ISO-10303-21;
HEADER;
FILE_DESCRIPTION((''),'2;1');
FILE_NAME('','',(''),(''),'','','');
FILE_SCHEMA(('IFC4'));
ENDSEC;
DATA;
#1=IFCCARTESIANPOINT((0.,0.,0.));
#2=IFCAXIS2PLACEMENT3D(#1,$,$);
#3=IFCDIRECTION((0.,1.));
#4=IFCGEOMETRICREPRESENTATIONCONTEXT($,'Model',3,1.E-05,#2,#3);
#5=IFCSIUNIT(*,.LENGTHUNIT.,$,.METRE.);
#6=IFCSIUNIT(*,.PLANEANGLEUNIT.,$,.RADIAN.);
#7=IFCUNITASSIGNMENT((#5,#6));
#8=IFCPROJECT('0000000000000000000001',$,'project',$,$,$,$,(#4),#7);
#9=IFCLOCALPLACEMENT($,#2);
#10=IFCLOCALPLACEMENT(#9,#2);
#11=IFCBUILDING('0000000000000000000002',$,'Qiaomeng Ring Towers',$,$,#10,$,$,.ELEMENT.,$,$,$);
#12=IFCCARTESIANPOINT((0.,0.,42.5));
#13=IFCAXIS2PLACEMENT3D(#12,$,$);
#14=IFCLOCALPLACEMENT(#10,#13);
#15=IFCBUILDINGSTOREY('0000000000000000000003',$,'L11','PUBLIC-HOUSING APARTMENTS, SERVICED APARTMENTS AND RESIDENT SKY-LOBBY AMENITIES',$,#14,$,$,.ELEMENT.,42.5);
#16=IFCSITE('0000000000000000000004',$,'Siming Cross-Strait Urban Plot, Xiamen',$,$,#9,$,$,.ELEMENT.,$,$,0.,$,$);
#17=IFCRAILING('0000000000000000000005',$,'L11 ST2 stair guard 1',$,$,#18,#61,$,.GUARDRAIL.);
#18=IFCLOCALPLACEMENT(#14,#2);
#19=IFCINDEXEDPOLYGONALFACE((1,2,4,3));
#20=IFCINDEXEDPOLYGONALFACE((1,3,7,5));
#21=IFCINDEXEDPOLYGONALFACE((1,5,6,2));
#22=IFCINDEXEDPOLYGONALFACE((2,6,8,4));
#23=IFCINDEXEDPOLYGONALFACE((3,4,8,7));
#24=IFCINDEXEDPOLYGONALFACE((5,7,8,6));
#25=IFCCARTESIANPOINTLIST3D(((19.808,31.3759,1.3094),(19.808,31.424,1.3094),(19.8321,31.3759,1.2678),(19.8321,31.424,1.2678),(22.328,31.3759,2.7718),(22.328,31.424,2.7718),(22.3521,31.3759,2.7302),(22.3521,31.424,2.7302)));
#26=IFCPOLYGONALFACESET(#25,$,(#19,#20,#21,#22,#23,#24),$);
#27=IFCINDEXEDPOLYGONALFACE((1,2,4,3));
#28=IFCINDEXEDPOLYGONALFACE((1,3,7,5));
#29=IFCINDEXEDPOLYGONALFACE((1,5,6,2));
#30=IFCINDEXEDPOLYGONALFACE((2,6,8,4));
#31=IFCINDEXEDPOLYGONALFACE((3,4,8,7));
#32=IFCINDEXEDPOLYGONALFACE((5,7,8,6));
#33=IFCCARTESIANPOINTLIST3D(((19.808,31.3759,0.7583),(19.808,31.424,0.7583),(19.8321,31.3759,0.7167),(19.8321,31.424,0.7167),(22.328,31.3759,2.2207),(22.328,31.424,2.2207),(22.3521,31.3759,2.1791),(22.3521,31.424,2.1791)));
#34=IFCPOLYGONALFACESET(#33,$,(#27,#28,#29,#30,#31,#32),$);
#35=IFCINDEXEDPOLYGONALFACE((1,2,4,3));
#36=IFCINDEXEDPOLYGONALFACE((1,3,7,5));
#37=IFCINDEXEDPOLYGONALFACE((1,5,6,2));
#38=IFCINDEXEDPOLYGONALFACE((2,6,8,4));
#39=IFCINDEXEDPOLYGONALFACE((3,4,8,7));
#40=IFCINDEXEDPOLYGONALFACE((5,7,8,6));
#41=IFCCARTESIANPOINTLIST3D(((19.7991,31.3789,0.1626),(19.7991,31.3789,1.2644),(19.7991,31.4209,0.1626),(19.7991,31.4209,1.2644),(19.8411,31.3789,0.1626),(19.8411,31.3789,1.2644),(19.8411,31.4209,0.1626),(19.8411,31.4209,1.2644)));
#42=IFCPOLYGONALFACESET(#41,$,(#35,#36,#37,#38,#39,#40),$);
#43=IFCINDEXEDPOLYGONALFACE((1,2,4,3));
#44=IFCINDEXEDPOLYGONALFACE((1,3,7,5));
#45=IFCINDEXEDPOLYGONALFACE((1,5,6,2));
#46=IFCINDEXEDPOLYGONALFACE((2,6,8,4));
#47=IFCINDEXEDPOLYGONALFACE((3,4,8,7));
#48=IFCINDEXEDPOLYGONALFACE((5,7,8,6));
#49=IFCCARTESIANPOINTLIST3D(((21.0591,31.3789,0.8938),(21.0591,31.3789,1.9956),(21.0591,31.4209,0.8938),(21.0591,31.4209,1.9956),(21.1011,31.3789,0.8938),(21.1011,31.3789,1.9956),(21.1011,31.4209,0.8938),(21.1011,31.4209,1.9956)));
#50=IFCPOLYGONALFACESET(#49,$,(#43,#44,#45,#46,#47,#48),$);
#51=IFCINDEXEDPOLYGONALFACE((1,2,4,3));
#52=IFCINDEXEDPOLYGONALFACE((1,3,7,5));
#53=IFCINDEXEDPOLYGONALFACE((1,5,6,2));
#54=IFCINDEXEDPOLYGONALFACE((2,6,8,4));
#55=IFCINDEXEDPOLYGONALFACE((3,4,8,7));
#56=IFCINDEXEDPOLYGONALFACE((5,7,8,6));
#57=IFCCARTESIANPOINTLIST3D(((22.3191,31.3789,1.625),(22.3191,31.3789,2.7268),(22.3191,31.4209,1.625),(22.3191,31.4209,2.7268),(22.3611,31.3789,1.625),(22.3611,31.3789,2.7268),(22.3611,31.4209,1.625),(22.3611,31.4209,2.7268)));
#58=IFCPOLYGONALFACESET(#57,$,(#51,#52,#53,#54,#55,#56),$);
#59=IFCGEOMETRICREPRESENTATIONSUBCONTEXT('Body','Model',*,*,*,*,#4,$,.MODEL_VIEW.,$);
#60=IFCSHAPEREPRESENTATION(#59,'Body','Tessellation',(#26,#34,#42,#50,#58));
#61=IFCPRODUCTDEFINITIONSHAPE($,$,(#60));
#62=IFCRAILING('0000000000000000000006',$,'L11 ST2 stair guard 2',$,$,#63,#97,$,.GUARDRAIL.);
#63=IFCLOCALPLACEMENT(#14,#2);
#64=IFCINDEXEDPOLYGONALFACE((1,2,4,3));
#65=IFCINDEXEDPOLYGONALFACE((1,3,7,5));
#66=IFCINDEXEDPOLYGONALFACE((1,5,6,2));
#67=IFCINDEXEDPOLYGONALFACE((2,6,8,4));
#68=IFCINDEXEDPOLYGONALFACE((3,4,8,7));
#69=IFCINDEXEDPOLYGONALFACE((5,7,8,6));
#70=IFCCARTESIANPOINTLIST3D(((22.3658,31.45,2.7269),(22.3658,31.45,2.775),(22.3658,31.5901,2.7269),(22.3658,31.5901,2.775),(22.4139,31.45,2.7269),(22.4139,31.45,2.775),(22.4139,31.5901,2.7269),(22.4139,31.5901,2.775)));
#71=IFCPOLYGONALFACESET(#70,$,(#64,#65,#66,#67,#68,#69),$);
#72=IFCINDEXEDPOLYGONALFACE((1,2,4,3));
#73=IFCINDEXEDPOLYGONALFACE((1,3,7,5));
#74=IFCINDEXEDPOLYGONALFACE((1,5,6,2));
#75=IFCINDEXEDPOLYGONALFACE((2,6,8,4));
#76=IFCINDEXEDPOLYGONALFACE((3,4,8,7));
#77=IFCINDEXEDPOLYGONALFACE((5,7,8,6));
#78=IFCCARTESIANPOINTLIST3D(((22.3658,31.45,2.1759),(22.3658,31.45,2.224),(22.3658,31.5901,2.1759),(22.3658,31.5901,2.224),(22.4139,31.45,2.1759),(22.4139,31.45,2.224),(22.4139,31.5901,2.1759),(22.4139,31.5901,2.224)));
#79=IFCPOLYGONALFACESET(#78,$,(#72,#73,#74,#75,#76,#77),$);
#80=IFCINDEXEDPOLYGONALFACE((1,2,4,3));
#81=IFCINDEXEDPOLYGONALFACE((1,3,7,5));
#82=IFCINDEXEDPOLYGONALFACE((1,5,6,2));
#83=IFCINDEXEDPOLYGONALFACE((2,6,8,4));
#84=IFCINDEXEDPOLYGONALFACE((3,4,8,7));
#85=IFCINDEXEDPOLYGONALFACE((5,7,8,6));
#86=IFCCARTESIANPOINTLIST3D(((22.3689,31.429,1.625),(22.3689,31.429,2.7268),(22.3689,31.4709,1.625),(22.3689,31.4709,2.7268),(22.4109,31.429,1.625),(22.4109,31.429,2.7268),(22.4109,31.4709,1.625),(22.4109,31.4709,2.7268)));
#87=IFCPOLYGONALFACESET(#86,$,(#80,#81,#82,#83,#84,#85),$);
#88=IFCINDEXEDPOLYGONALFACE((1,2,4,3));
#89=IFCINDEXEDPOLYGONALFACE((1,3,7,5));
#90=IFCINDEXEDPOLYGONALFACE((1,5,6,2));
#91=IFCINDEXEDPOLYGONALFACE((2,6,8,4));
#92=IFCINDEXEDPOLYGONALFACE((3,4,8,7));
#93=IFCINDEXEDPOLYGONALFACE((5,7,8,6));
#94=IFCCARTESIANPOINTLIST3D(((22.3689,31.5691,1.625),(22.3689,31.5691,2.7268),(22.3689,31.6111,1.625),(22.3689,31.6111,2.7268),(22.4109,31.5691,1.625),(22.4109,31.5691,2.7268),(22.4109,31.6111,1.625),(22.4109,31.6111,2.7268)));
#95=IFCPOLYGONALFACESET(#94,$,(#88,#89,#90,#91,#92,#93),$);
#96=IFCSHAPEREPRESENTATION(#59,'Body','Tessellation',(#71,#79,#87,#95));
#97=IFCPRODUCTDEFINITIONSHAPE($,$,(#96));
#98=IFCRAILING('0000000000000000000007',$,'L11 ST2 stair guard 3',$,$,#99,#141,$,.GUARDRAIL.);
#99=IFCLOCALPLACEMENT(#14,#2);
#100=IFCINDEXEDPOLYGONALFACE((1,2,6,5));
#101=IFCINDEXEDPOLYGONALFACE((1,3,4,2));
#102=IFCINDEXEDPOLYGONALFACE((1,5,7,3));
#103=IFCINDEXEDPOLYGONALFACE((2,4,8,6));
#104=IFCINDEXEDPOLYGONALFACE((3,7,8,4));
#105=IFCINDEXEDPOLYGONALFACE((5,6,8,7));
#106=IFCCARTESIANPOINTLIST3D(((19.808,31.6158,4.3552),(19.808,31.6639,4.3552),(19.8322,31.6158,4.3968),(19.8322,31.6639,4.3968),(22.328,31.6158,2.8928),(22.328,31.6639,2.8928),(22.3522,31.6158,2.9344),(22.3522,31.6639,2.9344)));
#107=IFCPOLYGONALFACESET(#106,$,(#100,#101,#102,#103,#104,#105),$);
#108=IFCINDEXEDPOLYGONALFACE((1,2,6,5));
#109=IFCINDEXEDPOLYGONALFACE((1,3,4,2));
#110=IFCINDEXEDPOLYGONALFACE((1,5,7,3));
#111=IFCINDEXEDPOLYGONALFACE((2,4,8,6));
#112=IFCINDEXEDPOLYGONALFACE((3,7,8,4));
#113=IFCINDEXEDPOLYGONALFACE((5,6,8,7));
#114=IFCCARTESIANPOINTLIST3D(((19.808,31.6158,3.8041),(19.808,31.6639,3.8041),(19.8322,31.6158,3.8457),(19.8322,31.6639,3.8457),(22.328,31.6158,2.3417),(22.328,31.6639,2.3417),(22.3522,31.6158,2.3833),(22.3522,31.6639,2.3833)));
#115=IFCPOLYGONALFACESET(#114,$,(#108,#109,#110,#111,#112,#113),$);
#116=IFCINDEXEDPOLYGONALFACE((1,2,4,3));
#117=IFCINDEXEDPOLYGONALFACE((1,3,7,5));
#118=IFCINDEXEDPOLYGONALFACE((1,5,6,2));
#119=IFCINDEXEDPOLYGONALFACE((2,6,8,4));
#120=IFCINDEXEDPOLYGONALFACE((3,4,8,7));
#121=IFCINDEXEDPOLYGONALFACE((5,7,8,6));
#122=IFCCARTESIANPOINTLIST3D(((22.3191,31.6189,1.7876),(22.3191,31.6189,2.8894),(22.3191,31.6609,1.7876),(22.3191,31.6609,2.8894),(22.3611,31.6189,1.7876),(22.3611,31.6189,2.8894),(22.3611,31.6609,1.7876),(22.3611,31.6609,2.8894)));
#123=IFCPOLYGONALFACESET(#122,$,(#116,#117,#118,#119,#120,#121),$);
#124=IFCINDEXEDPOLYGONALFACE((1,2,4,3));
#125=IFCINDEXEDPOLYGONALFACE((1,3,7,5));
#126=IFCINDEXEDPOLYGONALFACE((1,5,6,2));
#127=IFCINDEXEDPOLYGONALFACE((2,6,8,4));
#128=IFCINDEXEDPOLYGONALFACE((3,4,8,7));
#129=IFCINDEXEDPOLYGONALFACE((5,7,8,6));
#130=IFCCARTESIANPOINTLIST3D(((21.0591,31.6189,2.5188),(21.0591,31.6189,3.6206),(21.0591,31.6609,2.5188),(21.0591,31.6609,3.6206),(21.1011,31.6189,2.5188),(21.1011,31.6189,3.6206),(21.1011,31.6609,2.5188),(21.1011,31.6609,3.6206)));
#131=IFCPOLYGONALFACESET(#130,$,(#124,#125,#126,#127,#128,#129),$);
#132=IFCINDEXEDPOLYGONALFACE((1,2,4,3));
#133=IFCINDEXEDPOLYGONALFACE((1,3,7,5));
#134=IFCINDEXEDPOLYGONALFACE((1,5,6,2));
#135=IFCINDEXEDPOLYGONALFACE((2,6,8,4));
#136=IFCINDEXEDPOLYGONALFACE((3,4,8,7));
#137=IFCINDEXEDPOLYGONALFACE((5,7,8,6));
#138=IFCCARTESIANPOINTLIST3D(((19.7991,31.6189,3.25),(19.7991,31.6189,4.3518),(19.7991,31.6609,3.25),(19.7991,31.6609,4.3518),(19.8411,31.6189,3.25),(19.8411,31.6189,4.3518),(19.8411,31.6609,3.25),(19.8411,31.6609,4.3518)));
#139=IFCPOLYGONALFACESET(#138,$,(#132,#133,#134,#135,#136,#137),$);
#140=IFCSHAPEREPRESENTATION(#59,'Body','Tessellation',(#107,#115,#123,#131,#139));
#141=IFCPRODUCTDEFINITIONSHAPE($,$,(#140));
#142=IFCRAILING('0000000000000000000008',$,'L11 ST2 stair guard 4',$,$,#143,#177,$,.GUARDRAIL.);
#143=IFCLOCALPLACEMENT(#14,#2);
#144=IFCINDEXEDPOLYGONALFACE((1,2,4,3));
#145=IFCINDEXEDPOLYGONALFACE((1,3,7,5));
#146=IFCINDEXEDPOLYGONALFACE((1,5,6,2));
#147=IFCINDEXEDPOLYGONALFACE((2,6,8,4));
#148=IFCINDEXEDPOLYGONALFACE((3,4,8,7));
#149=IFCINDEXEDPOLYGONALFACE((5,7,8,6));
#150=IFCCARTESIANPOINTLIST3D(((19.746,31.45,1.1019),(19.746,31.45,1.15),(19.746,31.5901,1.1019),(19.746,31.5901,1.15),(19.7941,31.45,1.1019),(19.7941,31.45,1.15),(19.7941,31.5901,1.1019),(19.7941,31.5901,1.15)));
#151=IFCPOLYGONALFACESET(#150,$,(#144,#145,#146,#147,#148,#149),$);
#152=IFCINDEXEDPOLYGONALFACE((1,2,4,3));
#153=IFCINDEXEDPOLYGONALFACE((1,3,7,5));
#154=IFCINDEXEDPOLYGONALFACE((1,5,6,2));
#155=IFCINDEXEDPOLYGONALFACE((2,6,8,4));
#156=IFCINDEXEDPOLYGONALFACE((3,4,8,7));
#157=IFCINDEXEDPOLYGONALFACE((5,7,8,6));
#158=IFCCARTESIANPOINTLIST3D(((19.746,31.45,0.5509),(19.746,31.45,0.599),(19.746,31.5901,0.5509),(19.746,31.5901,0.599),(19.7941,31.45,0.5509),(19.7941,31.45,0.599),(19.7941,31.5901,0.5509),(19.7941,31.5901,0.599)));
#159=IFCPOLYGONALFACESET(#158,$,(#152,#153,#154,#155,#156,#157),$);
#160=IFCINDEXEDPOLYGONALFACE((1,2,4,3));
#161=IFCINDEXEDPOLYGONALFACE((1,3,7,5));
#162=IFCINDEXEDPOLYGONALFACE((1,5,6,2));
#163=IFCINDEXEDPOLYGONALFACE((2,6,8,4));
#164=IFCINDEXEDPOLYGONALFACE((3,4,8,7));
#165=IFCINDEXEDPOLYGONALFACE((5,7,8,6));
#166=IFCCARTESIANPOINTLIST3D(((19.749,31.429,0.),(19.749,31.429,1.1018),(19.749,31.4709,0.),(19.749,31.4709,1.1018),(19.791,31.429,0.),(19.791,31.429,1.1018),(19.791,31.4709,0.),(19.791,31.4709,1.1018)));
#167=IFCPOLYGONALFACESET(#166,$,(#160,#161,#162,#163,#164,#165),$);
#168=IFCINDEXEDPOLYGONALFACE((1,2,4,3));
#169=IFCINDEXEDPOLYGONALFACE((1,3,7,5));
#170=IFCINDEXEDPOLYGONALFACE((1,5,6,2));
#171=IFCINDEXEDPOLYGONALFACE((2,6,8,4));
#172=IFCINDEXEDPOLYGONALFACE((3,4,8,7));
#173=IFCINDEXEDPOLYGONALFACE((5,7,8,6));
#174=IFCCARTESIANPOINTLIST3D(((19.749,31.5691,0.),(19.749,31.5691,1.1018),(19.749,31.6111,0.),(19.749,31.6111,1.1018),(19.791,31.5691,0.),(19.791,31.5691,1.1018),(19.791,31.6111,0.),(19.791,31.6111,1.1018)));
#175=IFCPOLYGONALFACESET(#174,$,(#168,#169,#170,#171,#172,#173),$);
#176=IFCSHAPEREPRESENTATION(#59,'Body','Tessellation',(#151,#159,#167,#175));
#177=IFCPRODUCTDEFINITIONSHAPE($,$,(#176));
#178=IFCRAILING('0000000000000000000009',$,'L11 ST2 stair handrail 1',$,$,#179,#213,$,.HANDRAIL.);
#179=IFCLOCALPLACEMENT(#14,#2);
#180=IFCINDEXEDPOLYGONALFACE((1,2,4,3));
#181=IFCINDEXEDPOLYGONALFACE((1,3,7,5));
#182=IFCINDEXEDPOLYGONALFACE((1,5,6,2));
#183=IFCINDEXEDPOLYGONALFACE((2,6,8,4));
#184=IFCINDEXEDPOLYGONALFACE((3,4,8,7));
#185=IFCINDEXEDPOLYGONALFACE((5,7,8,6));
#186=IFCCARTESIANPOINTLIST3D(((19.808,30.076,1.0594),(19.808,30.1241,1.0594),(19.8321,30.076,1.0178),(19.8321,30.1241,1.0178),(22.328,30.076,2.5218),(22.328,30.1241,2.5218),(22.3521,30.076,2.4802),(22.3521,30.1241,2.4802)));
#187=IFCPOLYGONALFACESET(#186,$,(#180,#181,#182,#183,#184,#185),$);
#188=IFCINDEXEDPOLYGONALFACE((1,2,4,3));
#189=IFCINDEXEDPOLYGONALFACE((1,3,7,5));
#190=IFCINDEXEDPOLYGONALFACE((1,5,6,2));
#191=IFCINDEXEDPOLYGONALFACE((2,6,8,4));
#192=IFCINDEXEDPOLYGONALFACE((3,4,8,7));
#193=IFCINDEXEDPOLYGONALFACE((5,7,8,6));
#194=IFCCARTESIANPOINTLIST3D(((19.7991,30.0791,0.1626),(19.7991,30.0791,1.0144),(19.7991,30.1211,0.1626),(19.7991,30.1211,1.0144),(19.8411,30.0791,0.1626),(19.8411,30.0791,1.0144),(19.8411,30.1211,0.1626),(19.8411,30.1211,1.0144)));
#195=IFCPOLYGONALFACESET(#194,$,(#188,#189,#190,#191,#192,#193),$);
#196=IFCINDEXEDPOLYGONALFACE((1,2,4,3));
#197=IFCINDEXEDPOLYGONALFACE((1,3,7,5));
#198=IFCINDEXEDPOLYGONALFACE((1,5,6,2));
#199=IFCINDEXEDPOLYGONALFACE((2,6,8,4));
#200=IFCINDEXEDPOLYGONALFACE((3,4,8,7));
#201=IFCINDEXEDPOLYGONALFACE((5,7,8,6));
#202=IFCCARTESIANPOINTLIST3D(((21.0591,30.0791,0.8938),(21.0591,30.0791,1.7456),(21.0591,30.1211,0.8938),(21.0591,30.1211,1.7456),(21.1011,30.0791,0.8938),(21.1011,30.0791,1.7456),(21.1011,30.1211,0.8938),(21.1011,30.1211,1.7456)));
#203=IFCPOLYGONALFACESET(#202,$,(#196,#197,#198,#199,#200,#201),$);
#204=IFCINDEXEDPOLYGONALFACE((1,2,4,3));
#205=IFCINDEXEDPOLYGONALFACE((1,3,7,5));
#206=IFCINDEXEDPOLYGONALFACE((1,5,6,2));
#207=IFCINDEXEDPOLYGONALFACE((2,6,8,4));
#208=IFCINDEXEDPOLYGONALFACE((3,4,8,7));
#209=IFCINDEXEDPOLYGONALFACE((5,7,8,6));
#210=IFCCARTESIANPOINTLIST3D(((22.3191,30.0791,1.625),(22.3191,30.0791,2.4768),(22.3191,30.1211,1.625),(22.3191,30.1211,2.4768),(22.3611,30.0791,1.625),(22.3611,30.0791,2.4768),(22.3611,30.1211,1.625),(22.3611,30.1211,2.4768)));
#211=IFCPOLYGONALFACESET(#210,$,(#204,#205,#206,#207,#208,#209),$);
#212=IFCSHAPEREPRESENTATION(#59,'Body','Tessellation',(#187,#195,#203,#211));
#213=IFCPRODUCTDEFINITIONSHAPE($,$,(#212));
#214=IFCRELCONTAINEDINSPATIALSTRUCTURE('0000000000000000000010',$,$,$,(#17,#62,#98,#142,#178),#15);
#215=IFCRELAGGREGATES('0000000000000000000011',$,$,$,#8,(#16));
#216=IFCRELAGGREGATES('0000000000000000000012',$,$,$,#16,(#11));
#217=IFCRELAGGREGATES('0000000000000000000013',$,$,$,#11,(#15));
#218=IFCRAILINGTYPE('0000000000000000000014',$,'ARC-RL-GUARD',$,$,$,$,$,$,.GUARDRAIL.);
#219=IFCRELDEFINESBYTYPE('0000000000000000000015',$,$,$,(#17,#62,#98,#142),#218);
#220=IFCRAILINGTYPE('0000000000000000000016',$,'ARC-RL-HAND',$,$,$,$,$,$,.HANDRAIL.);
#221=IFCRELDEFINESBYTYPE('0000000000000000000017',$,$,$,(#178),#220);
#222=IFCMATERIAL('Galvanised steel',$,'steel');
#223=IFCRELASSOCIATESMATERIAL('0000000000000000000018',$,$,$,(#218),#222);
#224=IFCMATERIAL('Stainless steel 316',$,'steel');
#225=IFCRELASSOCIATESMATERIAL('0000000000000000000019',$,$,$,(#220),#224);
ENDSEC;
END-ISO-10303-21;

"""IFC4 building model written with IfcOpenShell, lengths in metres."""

from ifc_helpers import new_model, si_unit, direction, frame, origin, origin_2d, place, context, subcontext, project, spatial, rectangle, extrude, material, type_object, element, save


model = new_model("IFC4")

# Units and contexts
model_context = context("Model", 3, precision=1e-05, world=origin(), true_north=direction((0.0, 1.0)))
body_context = subcontext(model_context, "Body", "Model", "MODEL_VIEW")
ifc_project = project(units=[si_unit("LENGTHUNIT", "METRE"), si_unit("PLANEANGLEUNIT", "RADIAN")], contexts=[model_context])

# Site, building, storey
site_placement = place(None, origin())
site = spatial("IfcSite", under=ifc_project, at=site_placement, Name="Siming Cross-Strait Urban Plot, Xiamen", CompositionType="ELEMENT", RefElevation=0.0)
building_placement = place(site_placement, origin())
building = spatial("IfcBuilding", under=site, at=building_placement, Name="Qiaomeng Ring Towers", CompositionType="ELEMENT")
storey_placement = place(building_placement, frame((0.0, 0.0, 42.5)))
storey = spatial("IfcBuildingStorey", under=building, at=storey_placement, Name="L11", Description="PUBLIC-HOUSING APARTMENTS, SERVICED APARTMENTS AND RESIDENT SKY-LOBBY AMENITIES", CompositionType="ELEMENT", Elevation=42.5)

# Shared definitions
ifc_material_1 = material(Name="Galvanised steel", Category="steel")

# Shared definitions
ifc_material_2 = material(Name="Stainless steel 316", Category="steel")

# Railings
railing_type_1 = type_object("IfcRailingType", Name="ARC-RL-GUARD", PredefinedType="GUARDRAIL", material=ifc_material_1)
railing_1_placement = place(storey_placement, frame((19.8201, 31.3999, 0.1626)))
element("IfcRailing", 1, at=railing_1_placement, inside=storey, type_object=railing_type_1, Name="L11 ST2 stair guard 1", PredefinedType="GUARDRAIL", context=body_context, shape_type="SweptSolid", body=[
    extrude(rectangle(XDim=0.0481, YDim=0.0481, at=origin_2d()), frame((0.0, 0.0, 1.126), z_axis=(0.864913, 0.0, 0.501921), x_axis=(0.0, 1.0, 0.0)), (0.0, 0.0, 1.0), 2.9136),
    extrude(rectangle(XDim=0.0481, YDim=0.0481, at=origin_2d()), frame((0.0, 0.0, 0.575), z_axis=(0.864913, 0.0, 0.501921), x_axis=(0.0, 1.0, 0.0)), (0.0, 0.0, 1.0), 2.9136),
    extrude(rectangle(XDim=0.042, YDim=0.042, at=origin_2d()), origin(), (0.0, 0.0, 1.0), 1.1018),
    extrude(rectangle(XDim=0.042, YDim=0.042, at=origin_2d()), frame((1.26, 0.0, 0.7312)), (0.0, 0.0, 1.0), 1.1018),
    extrude(rectangle(XDim=0.042, YDim=0.042, at=origin_2d()), frame((2.52, 0.0, 1.4624)), (0.0, 0.0, 1.0), 1.1018),
])
railing_2_placement = place(storey_placement, frame((22.3899, 31.45, 1.625)))
element("IfcRailing", 2, at=railing_2_placement, inside=storey, type_object=railing_type_1, Name="L11 ST2 stair guard 2", PredefinedType="GUARDRAIL", context=body_context, shape_type="SweptSolid", body=[
    extrude(rectangle(XDim=0.0481, YDim=0.0481, at=origin_2d()), frame((0.0, 0.0, 1.126), z_axis=(0.0, 1.0, 0.0), x_axis=(-1.0, 0.0, 0.0)), (0.0, 0.0, 1.0), 0.1401),
    extrude(rectangle(XDim=0.0481, YDim=0.0481, at=origin_2d()), frame((0.0, 0.0, 0.575), z_axis=(0.0, 1.0, 0.0), x_axis=(-1.0, 0.0, 0.0)), (0.0, 0.0, 1.0), 0.1401),
    extrude(rectangle(XDim=0.042, YDim=0.042, at=origin_2d()), origin(), (0.0, 0.0, 1.0), 1.1018),
    extrude(rectangle(XDim=0.042, YDim=0.042, at=origin_2d()), frame((0.0, 0.1401, 0.0)), (0.0, 0.0, 1.0), 1.1018),
])
railing_3_placement = place(storey_placement, frame((22.3401, 31.6399, 1.7876)))
element("IfcRailing", 3, at=railing_3_placement, inside=storey, type_object=railing_type_1, Name="L11 ST2 stair guard 3", PredefinedType="GUARDRAIL", context=body_context, shape_type="SweptSolid", body=[
    extrude(rectangle(XDim=0.0481, YDim=0.0481, at=origin_2d()), frame((0.0, 0.0, 1.126), z_axis=(-0.864913, 0.0, 0.501921), x_axis=(0.0, -1.0, 0.0)), (0.0, 0.0, 1.0), 2.9136),
    extrude(rectangle(XDim=0.0481, YDim=0.0481, at=origin_2d()), frame((0.0, 0.0, 0.575), z_axis=(-0.864913, 0.0, 0.501921), x_axis=(0.0, -1.0, 0.0)), (0.0, 0.0, 1.0), 2.9136),
    extrude(rectangle(XDim=0.042, YDim=0.042, at=origin_2d()), origin(), (0.0, 0.0, 1.0), 1.1018),
    extrude(rectangle(XDim=0.042, YDim=0.042, at=origin_2d()), frame((-1.26, 0.0, 0.7312)), (0.0, 0.0, 1.0), 1.1018),
    extrude(rectangle(XDim=0.042, YDim=0.042, at=origin_2d()), frame((-2.52, 0.0, 1.4624)), (0.0, 0.0, 1.0), 1.1018),
])
railing_4_placement = place(storey_placement, frame((19.77, 31.45, 0.0)))
element("IfcRailing", 4, at=railing_4_placement, inside=storey, type_object=railing_type_1, Name="L11 ST2 stair guard 4", PredefinedType="GUARDRAIL", context=body_context, shape_type="SweptSolid", body=[
    extrude(rectangle(XDim=0.0481, YDim=0.0481, at=origin_2d()), frame((0.0, 0.0, 1.126), z_axis=(0.0, 1.0, 0.0), x_axis=(-1.0, 0.0, 0.0)), (0.0, 0.0, 1.0), 0.1401),
    extrude(rectangle(XDim=0.0481, YDim=0.0481, at=origin_2d()), frame((0.0, 0.0, 0.575), z_axis=(0.0, 1.0, 0.0), x_axis=(-1.0, 0.0, 0.0)), (0.0, 0.0, 1.0), 0.1401),
    extrude(rectangle(XDim=0.042, YDim=0.042, at=origin_2d()), origin(), (0.0, 0.0, 1.0), 1.1018),
    extrude(rectangle(XDim=0.042, YDim=0.042, at=origin_2d()), frame((0.0, 0.1401, 0.0)), (0.0, 0.0, 1.0), 1.1018),
])
railing_type_2 = type_object("IfcRailingType", Name="ARC-RL-HAND", PredefinedType="HANDRAIL", material=ifc_material_2)
railing_5_placement = place(storey_placement, frame((19.8201, 30.1001, 0.1626)))
element("IfcRailing", 5, at=railing_5_placement, inside=storey, type_object=railing_type_2, Name="L11 ST2 stair handrail 1", PredefinedType="HANDRAIL", context=body_context, shape_type="SweptSolid", body=[
    extrude(rectangle(XDim=0.0481, YDim=0.0481, at=origin_2d()), frame((0.0, 0.0, 0.876), z_axis=(0.864913, 0.0, 0.501921), x_axis=(0.0, 1.0, 0.0)), (0.0, 0.0, 1.0), 2.9136),
    extrude(rectangle(XDim=0.042, YDim=0.042, at=origin_2d()), origin(), (0.0, 0.0, 1.0), 0.8518),
    extrude(rectangle(XDim=0.042, YDim=0.042, at=origin_2d()), frame((1.26, 0.0, 0.7312)), (0.0, 0.0, 1.0), 0.8518),
    extrude(rectangle(XDim=0.042, YDim=0.042, at=origin_2d()), frame((2.52, 0.0, 1.4624)), (0.0, 0.0, 1.0), 0.8518),
])

save(model, "model.ifc")
